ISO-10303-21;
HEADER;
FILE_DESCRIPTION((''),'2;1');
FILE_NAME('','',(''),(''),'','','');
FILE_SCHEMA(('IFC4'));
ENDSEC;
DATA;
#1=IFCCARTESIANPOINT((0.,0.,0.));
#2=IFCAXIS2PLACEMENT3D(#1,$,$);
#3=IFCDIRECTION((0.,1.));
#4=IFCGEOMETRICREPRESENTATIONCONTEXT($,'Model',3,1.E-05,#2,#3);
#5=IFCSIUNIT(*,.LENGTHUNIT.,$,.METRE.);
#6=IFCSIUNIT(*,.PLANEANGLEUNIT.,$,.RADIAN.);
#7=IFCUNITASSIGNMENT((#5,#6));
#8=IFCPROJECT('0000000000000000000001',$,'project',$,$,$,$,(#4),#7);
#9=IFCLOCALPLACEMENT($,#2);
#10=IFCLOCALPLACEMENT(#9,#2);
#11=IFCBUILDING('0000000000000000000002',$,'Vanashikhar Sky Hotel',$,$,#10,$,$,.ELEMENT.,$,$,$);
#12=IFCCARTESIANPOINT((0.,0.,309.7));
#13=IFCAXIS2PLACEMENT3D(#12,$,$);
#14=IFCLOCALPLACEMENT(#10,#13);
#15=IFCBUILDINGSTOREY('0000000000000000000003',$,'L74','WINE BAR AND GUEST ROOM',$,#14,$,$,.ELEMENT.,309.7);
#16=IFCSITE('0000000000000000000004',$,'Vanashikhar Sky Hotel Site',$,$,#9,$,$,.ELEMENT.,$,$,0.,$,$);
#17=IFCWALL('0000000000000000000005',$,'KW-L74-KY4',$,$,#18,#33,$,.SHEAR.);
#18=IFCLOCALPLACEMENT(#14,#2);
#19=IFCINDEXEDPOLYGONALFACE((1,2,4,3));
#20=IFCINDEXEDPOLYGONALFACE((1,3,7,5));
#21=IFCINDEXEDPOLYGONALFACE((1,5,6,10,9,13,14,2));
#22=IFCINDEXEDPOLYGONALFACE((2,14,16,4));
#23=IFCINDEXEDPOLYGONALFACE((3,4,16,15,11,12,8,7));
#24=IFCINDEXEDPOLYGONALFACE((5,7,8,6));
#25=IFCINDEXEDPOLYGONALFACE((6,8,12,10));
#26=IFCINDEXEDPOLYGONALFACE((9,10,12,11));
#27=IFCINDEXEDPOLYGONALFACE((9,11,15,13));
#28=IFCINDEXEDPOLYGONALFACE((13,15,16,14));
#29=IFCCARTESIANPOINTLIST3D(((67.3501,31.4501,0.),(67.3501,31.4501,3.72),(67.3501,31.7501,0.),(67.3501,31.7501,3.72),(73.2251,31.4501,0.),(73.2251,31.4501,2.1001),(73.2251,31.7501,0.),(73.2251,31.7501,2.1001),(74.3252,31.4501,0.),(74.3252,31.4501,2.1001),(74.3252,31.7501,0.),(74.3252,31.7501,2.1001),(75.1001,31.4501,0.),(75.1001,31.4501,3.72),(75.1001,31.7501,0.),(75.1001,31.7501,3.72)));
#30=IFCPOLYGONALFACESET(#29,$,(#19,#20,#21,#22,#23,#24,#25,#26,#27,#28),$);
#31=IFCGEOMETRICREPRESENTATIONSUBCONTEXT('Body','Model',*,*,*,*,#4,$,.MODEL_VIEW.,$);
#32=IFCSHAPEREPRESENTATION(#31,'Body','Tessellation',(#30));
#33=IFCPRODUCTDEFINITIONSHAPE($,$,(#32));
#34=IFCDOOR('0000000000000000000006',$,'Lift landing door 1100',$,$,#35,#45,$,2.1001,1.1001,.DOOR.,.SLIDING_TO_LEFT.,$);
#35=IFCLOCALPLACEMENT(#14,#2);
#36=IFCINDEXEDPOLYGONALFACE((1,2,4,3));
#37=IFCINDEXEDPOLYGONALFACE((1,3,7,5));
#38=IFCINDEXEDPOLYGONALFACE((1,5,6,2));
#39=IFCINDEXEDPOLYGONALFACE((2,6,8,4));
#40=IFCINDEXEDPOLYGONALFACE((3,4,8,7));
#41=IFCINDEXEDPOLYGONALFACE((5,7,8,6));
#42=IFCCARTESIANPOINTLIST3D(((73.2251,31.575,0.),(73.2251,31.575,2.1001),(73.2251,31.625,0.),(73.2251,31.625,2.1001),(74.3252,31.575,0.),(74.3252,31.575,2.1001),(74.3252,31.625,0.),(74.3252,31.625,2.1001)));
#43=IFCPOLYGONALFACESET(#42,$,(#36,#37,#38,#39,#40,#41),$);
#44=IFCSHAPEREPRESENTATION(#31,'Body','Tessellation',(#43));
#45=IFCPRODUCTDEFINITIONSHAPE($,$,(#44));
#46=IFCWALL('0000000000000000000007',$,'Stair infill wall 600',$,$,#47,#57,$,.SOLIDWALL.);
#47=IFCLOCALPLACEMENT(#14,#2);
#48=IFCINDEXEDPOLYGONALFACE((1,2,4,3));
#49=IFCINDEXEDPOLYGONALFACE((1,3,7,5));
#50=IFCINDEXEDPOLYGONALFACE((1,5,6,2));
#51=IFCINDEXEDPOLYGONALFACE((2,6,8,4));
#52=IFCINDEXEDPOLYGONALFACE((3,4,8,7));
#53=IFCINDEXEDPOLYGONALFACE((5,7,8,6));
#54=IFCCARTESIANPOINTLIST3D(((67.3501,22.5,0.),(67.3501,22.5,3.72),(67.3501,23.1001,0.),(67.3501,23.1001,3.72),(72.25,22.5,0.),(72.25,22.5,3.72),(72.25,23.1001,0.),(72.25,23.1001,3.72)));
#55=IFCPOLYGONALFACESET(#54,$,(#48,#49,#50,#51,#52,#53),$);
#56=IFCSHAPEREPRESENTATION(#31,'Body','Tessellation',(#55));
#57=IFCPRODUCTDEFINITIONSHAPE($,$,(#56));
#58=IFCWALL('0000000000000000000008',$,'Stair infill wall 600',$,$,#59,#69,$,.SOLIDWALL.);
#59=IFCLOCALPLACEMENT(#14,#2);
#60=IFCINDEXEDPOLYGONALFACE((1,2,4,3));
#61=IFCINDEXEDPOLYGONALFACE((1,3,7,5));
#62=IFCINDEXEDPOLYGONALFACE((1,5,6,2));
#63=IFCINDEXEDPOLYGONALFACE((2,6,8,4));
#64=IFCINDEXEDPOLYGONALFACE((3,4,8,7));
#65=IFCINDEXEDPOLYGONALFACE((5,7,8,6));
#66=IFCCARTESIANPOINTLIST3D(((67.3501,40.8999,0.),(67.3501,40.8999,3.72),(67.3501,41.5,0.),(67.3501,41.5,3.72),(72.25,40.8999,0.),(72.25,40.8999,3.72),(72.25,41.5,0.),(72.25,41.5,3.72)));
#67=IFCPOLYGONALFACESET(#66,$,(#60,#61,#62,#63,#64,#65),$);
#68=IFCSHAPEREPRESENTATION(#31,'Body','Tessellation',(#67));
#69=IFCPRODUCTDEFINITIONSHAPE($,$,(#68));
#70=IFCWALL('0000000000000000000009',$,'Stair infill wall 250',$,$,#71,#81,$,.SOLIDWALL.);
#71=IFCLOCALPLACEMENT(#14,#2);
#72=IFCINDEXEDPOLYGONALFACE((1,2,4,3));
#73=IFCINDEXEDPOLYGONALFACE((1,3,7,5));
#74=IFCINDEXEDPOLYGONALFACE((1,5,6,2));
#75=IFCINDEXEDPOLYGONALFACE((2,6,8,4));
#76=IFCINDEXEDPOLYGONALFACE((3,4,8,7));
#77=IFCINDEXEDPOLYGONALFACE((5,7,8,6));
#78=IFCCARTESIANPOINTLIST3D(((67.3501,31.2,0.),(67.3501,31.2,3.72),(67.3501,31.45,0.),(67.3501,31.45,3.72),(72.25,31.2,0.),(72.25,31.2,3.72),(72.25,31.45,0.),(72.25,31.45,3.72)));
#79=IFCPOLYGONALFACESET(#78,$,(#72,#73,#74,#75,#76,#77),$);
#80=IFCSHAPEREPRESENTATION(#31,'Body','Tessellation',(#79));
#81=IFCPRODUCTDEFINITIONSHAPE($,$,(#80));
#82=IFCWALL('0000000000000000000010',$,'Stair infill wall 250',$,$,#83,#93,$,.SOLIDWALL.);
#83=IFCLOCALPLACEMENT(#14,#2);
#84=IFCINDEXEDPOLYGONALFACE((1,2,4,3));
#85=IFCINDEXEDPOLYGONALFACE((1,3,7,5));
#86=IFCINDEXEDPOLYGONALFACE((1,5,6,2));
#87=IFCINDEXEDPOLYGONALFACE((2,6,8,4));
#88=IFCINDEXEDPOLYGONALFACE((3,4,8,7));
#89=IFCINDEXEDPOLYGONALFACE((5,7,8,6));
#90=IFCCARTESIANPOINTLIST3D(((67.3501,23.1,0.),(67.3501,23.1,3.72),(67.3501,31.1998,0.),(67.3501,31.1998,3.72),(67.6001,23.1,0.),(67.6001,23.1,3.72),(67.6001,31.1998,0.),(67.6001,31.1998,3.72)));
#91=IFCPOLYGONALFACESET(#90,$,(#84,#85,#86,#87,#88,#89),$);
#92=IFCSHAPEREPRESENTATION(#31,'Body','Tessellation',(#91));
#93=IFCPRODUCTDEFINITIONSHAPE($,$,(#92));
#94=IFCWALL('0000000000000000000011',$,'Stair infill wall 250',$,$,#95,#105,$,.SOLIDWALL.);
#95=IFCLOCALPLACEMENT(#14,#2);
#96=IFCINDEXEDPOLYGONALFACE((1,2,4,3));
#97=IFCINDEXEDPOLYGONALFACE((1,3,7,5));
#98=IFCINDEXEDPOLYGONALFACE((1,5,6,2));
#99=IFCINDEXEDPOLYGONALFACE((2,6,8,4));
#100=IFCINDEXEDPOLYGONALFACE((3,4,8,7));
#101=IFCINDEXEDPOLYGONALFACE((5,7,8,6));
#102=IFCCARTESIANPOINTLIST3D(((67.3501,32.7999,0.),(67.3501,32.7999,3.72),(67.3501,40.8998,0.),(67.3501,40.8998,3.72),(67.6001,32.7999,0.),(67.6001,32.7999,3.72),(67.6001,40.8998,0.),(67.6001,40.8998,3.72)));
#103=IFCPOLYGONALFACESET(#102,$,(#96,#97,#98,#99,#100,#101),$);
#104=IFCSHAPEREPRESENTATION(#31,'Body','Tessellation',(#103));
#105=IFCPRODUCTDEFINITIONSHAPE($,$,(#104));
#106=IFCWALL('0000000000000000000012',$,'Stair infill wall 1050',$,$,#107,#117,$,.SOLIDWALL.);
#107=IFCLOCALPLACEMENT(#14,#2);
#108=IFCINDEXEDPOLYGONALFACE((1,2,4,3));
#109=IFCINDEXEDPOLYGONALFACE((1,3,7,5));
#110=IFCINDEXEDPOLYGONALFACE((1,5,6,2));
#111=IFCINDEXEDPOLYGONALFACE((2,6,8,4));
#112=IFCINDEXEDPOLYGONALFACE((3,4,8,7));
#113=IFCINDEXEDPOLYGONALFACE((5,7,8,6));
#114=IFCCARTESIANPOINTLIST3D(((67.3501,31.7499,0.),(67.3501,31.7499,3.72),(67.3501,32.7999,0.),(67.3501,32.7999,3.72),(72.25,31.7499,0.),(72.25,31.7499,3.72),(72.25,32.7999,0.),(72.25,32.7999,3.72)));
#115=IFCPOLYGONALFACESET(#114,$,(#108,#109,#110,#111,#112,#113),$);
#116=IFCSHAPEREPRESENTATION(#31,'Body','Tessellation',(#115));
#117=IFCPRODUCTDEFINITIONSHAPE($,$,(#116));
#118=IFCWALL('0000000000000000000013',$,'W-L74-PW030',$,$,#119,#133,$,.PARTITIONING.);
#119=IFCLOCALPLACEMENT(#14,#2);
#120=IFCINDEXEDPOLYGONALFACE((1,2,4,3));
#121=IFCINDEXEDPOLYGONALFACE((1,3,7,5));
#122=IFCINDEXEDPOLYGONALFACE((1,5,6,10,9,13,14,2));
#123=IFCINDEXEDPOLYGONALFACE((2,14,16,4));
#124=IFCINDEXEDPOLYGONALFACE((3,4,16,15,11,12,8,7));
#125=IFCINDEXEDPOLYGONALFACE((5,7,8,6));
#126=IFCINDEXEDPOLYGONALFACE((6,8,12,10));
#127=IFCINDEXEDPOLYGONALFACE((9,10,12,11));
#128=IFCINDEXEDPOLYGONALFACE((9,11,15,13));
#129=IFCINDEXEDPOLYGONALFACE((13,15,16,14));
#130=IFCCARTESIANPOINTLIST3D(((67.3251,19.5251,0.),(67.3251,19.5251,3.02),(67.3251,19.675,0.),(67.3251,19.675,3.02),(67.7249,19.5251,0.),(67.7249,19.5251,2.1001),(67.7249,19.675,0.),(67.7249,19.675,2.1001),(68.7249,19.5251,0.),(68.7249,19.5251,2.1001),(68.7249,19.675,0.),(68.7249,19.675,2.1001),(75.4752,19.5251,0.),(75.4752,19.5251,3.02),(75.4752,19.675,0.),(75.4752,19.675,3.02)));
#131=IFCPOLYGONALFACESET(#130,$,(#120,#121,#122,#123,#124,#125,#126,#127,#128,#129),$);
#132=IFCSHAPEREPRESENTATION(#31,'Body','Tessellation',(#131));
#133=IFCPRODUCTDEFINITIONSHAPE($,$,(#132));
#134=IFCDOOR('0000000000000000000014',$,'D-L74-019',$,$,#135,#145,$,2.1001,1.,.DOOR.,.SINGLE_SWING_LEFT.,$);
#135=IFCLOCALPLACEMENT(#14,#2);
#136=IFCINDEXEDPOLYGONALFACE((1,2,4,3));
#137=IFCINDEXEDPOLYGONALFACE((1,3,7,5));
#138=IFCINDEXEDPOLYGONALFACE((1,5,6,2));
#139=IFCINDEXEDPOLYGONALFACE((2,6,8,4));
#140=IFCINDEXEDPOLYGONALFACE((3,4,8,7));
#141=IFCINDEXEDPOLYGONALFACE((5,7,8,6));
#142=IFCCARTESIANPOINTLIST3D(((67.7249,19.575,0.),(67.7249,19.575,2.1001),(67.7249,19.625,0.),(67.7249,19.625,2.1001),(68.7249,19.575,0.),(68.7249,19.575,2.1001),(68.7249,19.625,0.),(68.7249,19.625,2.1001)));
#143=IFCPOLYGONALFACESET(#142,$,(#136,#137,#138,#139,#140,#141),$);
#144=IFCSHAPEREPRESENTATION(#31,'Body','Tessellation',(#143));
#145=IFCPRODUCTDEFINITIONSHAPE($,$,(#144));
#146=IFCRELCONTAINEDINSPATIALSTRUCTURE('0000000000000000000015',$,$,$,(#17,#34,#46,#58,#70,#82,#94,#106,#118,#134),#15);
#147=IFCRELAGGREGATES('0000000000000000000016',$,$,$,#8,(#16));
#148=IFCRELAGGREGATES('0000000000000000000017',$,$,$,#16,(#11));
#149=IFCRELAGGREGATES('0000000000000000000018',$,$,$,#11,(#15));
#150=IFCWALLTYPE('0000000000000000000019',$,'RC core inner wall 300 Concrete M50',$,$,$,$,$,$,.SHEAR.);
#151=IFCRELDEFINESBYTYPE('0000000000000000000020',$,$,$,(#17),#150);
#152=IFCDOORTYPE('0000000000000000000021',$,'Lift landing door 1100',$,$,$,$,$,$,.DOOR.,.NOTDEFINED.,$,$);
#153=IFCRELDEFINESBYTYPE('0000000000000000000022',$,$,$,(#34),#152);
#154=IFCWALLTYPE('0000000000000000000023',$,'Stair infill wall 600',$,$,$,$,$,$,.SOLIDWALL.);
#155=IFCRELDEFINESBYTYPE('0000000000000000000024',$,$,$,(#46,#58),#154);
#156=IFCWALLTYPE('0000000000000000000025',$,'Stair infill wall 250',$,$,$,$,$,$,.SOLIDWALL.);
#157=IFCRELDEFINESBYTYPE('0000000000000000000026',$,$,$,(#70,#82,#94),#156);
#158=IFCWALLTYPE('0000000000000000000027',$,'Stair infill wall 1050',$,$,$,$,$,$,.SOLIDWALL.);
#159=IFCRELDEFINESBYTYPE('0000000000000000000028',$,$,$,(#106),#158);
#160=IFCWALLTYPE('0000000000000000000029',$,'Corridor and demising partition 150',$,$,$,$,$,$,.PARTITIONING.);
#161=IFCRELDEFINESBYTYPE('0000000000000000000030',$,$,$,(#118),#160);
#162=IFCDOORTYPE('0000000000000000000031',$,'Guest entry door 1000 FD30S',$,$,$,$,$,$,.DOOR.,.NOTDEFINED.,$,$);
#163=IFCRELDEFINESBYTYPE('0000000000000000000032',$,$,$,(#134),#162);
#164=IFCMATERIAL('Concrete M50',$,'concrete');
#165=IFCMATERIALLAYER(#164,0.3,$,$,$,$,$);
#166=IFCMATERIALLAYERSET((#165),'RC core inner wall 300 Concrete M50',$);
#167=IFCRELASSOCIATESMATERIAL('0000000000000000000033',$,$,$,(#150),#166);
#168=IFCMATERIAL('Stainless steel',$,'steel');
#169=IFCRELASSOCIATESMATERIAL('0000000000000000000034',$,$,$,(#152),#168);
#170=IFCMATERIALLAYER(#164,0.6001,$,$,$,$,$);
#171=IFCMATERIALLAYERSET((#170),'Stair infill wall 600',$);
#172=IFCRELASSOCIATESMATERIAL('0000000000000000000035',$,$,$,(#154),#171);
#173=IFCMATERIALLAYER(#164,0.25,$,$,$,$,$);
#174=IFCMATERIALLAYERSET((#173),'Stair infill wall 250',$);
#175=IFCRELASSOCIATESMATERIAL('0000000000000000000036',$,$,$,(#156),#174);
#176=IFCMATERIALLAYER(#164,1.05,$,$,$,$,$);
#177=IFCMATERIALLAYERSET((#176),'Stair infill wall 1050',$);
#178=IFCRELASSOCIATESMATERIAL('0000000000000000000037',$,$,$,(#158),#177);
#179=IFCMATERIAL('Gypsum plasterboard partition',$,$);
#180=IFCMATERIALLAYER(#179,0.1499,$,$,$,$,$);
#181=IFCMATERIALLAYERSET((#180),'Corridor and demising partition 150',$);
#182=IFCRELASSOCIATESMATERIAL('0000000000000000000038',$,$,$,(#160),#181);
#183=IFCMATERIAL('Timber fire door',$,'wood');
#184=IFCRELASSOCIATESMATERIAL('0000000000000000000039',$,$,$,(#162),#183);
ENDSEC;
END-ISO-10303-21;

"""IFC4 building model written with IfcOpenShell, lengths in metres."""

from ifc_helpers import new_model, si_unit, direction, frame, frame_2d, origin, place, context, subcontext, project, spatial, rectangle, extrude, source, transform, mapped, material, layer, layer_set, type_object, element, fill, save


model = new_model("IFC4")

# Units and contexts
model_context = context("Model", 3, precision=1e-05, world=origin(), true_north=direction((0.0, 1.0)))
body_context = subcontext(model_context, "Body", "Model", "MODEL_VIEW")
ifc_project = project(units=[si_unit("LENGTHUNIT", "METRE"), si_unit("PLANEANGLEUNIT", "RADIAN")], contexts=[model_context])

# Site, building, storey
site_placement = place(None, origin())
site = spatial("IfcSite", under=ifc_project, at=site_placement, Name="Vanashikhar Sky Hotel Site", CompositionType="ELEMENT", RefElevation=0.0)
building_placement = place(site_placement, origin())
building = spatial("IfcBuilding", under=site, at=building_placement, Name="Vanashikhar Sky Hotel", CompositionType="ELEMENT")
storey_placement = place(building_placement, frame((0.0, 0.0, 309.7)))
storey = spatial("IfcBuildingStorey", under=building, at=storey_placement, Name="L74", Description="WINE BAR AND GUEST ROOM", CompositionType="ELEMENT", Elevation=309.7)

# Wall, opening, door
ifc_material_1 = material(Name="Concrete M50", Category="concrete")
ifc_layer_1 = layer(ifc_material_1, 0.3)
ifc_layer_set_1 = layer_set([ifc_layer_1], Name="RC core inner wall 300 Concrete M50")
wall_type_1 = type_object("IfcWallType", Name="RC core inner wall 300 Concrete M50", PredefinedType="SHEAR", material=ifc_layer_set_1)
shared_shape_1 = source(origin(), body_context, "Body", "SweptSolid", [
    extrude(rectangle(XDim=7.75, YDim=0.3, at=frame_2d((3.875, 0.0))), origin(), (0.0, 0.0, 1.0), 3.72),
])
wall_1_placement = place(storey_placement, frame((67.3501, 31.6001, 0.0), z_axis=(0.0, 0.0, 1.0), x_axis=(1.0, 0.0, 0.0)))
wall_1 = element("IfcWall", 1, at=wall_1_placement, inside=storey, type_object=wall_type_1, Name="KW-L74-KY4", PredefinedType="SHEAR", context=body_context, shape_type="MappedRepresentation", body=[
    mapped(shared_shape_1, transform((0.0, 0.0, 0.0), scale=1.0)),
])
shared_shape_2 = source(origin(), body_context, "Body", "SweptSolid", [
    extrude(rectangle(XDim=1.1001, YDim=2.1001, at=frame_2d((0.55, 1.05))), frame((0.0, 0.1602, 0.0), z_axis=(0.0, -1.0, 0.0), x_axis=(1.0, 0.0, 0.0)), (0.0, 0.0, 1.0), 0.3201),
])
opening_1_placement = place(wall_1_placement, frame((5.875, 0.0, 0.0)))
opening_1 = element("IfcOpeningElement", 2, at=opening_1_placement, cuts=wall_1, PredefinedType="OPENING", context=body_context, shape_type="MappedRepresentation", body=[
    mapped(shared_shape_2, transform((0.0, 0.0, 0.0), scale=1.0)),
])
ifc_material_2 = material(Name="Stainless steel", Category="steel")
door_type_1 = type_object("IfcDoorType", Name="Lift landing door 1100", OperationType="NOTDEFINED", PredefinedType="DOOR", material=ifc_material_2)
shared_shape_3 = source(origin(), body_context, "Body", "SweptSolid", [
    extrude(rectangle(XDim=1.1001, YDim=2.1001, at=frame_2d((0.55, 1.05))), frame((0.0, 0.0249, 0.0), z_axis=(0.0, -1.0, 0.0), x_axis=(1.0, 0.0, 0.0)), (0.0, 0.0, 1.0), 0.05),
])
door_1_placement = place(opening_1_placement, origin())
door_1 = element("IfcDoor", 3, at=door_1_placement, inside=storey, type_object=door_type_1, Name="Lift landing door 1100", OperationType="SLIDING_TO_LEFT", OverallHeight=2.1001, OverallWidth=1.1001, PredefinedType="DOOR", context=body_context, shape_type="MappedRepresentation", body=[
    mapped(shared_shape_3, transform((0.0, 0.0, 0.0), scale=1.0)),
])
fill(opening_1, door_1)

# Walls
ifc_layer_2 = layer(ifc_material_1, 0.6001)
ifc_layer_set_2 = layer_set([ifc_layer_2], Name="Stair infill wall 600")
wall_type_2 = type_object("IfcWallType", Name="Stair infill wall 600", PredefinedType="SOLIDWALL", material=ifc_layer_set_2)
shared_shape_4 = source(origin(), body_context, "Body", "SweptSolid", [
    extrude(rectangle(XDim=4.8999, YDim=0.6001, at=frame_2d((2.45, 0.0))), origin(), (0.0, 0.0, 1.0), 3.72),
])
for number, where, z_axis, x_axis, name in (
    (4, (67.3501, 22.8, 0.0), (0.0, 0.0, 1.0), (1.0, 0.0, 0.0), "Stair infill wall 600"),
    (5, (67.3501, 41.2, 0.0), (0.0, 0.0, 1.0), (1.0, 0.0, 0.0), "Stair infill wall 600"),
):
    element("IfcWall", number, at=place(storey_placement, frame(where, z_axis=z_axis, x_axis=x_axis)), inside=storey, type_object=wall_type_2, Name=name, PredefinedType="SOLIDWALL", context=body_context, shape_type="MappedRepresentation", body=[
        mapped(shared_shape_4, transform((0.0, 0.0, 0.0), scale=1.0)),
    ])
ifc_layer_3 = layer(ifc_material_1, 0.25)
ifc_layer_set_3 = layer_set([ifc_layer_3], Name="Stair infill wall 250")
wall_type_3 = type_object("IfcWallType", Name="Stair infill wall 250", PredefinedType="SOLIDWALL", material=ifc_layer_set_3)
shared_shape_5 = source(origin(), body_context, "Body", "SweptSolid", [
    extrude(rectangle(XDim=4.8999, YDim=0.25, at=frame_2d((2.45, 0.0))), origin(), (0.0, 0.0, 1.0), 3.72),
])
wall_2_placement = place(storey_placement, frame((67.3501, 31.325, 0.0), z_axis=(0.0, 0.0, 1.0), x_axis=(1.0, 0.0, 0.0)))
element("IfcWall", 6, at=wall_2_placement, inside=storey, type_object=wall_type_3, Name="Stair infill wall 250", PredefinedType="SOLIDWALL", context=body_context, shape_type="MappedRepresentation", body=[
    mapped(shared_shape_5, transform((0.0, 0.0, 0.0), scale=1.0)),
])
shared_shape_6 = source(origin(), body_context, "Body", "SweptSolid", [
    extrude(rectangle(XDim=8.0999, YDim=0.25, at=frame_2d((4.0498, 0.0))), origin(), (0.0, 0.0, 1.0), 3.72),
])
for number, where, z_axis, x_axis, name in (
    (7, (67.4751, 23.1001, 0.0), (0.0, 0.0, 1.0), (0.0, 1.0, 0.0), "Stair infill wall 250"),
    (8, (67.4751, 32.8, 0.0), (0.0, 0.0, 1.0), (0.0, 1.0, 0.0), "Stair infill wall 250"),
):
    element("IfcWall", number, at=place(storey_placement, frame(where, z_axis=z_axis, x_axis=x_axis)), inside=storey, type_object=wall_type_3, Name=name, PredefinedType="SOLIDWALL", context=body_context, shape_type="MappedRepresentation", body=[
        mapped(shared_shape_6, transform((0.0, 0.0, 0.0), scale=1.0)),
    ])
ifc_layer_4 = layer(ifc_material_1, 1.05)
ifc_layer_set_4 = layer_set([ifc_layer_4], Name="Stair infill wall 1050")
wall_type_4 = type_object("IfcWallType", Name="Stair infill wall 1050", PredefinedType="SOLIDWALL", material=ifc_layer_set_4)
shared_shape_7 = source(origin(), body_context, "Body", "SweptSolid", [
    extrude(rectangle(XDim=4.8999, YDim=1.05, at=frame_2d((2.45, 0.0))), origin(), (0.0, 0.0, 1.0), 3.72),
])
wall_3_placement = place(storey_placement, frame((67.3501, 32.2749, 0.0), z_axis=(0.0, 0.0, 1.0), x_axis=(1.0, 0.0, 0.0)))
element("IfcWall", 9, at=wall_3_placement, inside=storey, type_object=wall_type_4, Name="Stair infill wall 1050", PredefinedType="SOLIDWALL", context=body_context, shape_type="MappedRepresentation", body=[
    mapped(shared_shape_7, transform((0.0, 0.0, 0.0), scale=1.0)),
])

# Wall, opening, door
ifc_material_3 = material(Name="Gypsum plasterboard partition")
ifc_layer_5 = layer(ifc_material_3, 0.1499)
ifc_layer_set_5 = layer_set([ifc_layer_5], Name="Corridor and demising partition 150")
wall_type_5 = type_object("IfcWallType", Name="Corridor and demising partition 150", PredefinedType="PARTITIONING", material=ifc_layer_set_5)
shared_shape_8 = source(origin(), body_context, "Body", "SweptSolid", [
    extrude(rectangle(XDim=8.1501, YDim=0.1499, at=frame_2d((4.0752, 0.0))), origin(), (0.0, 0.0, 1.0), 3.02),
])
wall_4_placement = place(storey_placement, frame((67.325, 19.6001, 0.0), z_axis=(0.0, 0.0, 1.0), x_axis=(1.0, 0.0, 0.0)))
wall_4 = element("IfcWall", 10, at=wall_4_placement, inside=storey, type_object=wall_type_5, Name="W-L74-PW030", PredefinedType="PARTITIONING", context=body_context, shape_type="MappedRepresentation", body=[
    mapped(shared_shape_8, transform((0.0, 0.0, 0.0), scale=1.0)),
])
shared_shape_9 = source(origin(), body_context, "Body", "SweptSolid", [
    extrude(rectangle(XDim=1.0, YDim=2.1001, at=frame_2d((0.5, 1.05))), frame((0.0, 0.085, 0.0), z_axis=(0.0, -1.0, 0.0), x_axis=(1.0, 0.0, 0.0)), (0.0, 0.0, 1.0), 0.1699),
])
opening_2_placement = place(wall_4_placement, frame((0.3999, 0.0, 0.0)))
opening_2 = element("IfcOpeningElement", 11, at=opening_2_placement, cuts=wall_4, PredefinedType="OPENING", context=body_context, shape_type="MappedRepresentation", body=[
    mapped(shared_shape_9, transform((0.0, 0.0, 0.0), scale=1.0)),
])
ifc_material_4 = material(Name="Timber fire door", Category="wood")
door_type_2 = type_object("IfcDoorType", Name="Guest entry door 1000 FD30S", OperationType="NOTDEFINED", PredefinedType="DOOR", material=ifc_material_4)
shared_shape_10 = source(origin(), body_context, "Body", "SweptSolid", [
    extrude(rectangle(XDim=1.0, YDim=2.1001, at=frame_2d((0.5, 1.05))), frame((0.0, 0.0249, 0.0), z_axis=(0.0, -1.0, 0.0), x_axis=(1.0, 0.0, 0.0)), (0.0, 0.0, 1.0), 0.05),
])
door_2_placement = place(opening_2_placement, origin())
door_2 = element("IfcDoor", 12, at=door_2_placement, inside=storey, type_object=door_type_2, Name="D-L74-019", OperationType="SINGLE_SWING_LEFT", OverallHeight=2.1001, OverallWidth=1.0, PredefinedType="DOOR", context=body_context, shape_type="MappedRepresentation", body=[
    mapped(shared_shape_10, transform((0.0, 0.0, 0.0), scale=1.0)),
])
fill(opening_2, door_2)

save(model, "model.ifc")
